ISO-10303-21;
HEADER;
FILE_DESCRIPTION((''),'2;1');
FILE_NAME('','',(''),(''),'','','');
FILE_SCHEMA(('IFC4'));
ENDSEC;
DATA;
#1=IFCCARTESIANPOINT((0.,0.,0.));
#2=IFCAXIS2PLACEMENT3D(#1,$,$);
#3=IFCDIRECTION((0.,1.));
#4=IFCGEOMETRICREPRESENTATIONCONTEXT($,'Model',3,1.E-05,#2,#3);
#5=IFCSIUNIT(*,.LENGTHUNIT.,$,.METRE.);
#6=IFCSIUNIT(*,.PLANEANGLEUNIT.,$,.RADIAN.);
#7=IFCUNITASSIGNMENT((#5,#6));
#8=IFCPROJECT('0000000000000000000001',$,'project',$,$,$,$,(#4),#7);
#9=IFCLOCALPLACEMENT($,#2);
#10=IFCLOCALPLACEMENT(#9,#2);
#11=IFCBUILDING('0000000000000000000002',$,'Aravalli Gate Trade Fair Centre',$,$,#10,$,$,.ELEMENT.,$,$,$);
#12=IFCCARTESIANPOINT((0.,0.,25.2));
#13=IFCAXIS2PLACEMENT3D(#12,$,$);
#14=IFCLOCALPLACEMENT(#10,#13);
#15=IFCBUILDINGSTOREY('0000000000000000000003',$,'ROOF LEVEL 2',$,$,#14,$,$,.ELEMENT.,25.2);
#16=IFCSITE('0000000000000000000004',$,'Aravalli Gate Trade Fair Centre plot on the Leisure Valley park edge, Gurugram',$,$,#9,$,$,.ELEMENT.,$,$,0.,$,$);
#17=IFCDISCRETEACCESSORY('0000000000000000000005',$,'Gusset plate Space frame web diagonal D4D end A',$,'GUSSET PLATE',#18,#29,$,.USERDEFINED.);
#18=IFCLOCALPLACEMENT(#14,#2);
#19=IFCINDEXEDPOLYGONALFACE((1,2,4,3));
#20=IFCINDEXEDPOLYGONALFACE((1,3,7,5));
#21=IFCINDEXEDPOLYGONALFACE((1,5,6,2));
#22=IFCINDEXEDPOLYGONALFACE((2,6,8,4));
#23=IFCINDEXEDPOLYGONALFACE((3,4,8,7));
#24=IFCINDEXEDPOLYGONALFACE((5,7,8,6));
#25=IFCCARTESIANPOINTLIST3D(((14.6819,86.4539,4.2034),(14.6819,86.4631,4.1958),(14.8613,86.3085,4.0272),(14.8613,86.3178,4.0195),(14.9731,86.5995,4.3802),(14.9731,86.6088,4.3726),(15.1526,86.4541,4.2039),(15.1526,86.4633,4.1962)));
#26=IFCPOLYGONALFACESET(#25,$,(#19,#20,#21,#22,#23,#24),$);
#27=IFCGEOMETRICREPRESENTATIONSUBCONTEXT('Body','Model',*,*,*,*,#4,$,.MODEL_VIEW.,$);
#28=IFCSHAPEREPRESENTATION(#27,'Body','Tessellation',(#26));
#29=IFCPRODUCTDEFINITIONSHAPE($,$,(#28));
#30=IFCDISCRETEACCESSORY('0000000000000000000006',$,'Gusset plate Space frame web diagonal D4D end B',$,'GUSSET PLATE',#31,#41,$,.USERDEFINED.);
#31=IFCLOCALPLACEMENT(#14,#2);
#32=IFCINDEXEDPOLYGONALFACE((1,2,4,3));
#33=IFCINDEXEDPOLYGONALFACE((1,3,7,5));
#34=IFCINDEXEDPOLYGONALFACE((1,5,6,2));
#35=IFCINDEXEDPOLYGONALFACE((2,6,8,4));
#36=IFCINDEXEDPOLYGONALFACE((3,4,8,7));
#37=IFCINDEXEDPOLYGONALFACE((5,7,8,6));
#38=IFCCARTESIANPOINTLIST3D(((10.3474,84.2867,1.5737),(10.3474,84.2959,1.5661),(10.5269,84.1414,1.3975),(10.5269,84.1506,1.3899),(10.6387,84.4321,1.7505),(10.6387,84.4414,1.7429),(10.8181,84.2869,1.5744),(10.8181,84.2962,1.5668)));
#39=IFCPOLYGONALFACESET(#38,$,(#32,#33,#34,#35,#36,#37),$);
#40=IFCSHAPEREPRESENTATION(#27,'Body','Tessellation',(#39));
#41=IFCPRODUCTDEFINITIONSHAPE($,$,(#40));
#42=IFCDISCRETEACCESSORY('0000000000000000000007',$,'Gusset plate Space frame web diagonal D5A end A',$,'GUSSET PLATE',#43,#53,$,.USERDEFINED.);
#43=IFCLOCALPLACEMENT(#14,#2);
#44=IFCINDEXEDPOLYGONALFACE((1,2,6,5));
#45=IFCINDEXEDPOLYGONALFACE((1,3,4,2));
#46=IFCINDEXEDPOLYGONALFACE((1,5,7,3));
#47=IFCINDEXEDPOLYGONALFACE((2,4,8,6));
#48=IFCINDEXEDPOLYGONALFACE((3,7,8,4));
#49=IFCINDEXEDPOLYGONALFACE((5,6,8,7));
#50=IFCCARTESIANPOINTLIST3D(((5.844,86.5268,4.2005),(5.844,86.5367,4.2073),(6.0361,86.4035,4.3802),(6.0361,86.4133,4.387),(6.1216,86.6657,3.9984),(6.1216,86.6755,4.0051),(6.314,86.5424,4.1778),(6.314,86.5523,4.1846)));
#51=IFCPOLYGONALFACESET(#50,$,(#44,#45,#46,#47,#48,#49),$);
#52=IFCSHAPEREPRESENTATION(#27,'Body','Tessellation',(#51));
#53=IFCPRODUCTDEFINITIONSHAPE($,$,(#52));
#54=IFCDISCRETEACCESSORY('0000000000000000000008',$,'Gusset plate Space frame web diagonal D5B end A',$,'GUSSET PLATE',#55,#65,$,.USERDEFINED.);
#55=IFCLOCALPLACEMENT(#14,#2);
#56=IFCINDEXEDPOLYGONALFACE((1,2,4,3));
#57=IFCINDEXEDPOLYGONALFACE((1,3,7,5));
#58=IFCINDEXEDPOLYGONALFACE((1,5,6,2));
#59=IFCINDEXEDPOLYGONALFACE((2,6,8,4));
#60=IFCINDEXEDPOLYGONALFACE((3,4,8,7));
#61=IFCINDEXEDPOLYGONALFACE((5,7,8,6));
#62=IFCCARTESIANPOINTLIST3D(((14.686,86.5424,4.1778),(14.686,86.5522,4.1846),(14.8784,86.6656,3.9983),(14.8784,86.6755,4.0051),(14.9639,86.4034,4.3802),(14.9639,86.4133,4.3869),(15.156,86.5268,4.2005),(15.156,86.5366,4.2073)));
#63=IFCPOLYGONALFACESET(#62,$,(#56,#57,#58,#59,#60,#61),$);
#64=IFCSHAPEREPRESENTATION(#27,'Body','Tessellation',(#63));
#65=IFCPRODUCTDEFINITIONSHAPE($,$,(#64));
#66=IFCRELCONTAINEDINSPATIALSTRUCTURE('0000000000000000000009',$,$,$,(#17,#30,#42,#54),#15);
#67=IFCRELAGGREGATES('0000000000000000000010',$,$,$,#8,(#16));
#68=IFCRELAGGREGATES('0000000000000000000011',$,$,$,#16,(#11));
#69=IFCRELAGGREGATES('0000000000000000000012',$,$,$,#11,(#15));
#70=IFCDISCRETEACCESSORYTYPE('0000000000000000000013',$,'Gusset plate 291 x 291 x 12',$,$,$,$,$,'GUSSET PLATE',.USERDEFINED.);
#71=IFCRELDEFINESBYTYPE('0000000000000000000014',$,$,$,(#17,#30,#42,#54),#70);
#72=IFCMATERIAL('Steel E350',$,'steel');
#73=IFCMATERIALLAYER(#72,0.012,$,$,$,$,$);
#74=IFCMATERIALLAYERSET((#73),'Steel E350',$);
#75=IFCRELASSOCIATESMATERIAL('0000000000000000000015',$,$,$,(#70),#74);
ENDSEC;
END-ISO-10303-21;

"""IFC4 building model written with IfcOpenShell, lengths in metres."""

from ifc_helpers import new_model, si_unit, direction, frame, origin, place, context, subcontext, project, spatial, polyline, outline, extrude, material, layer, layer_set, type_object, element, save


model = new_model("IFC4")

# Units and contexts
model_context = context("Model", 3, precision=1e-05, world=origin(), true_north=direction((0.0, 1.0)))
body_context = subcontext(model_context, "Body", "Model", "MODEL_VIEW")
ifc_project = project(units=[si_unit("LENGTHUNIT", "METRE"), si_unit("PLANEANGLEUNIT", "RADIAN")], contexts=[model_context])

# Site, building, storey
site_placement = place(None, origin())
site = spatial("IfcSite", under=ifc_project, at=site_placement, Name="Aravalli Gate Trade Fair Centre plot on the Leisure Valley park edge, Gurugram", CompositionType="ELEMENT", RefElevation=0.0)
building_placement = place(site_placement, origin())
building = spatial("IfcBuilding", under=site, at=building_placement, Name="Aravalli Gate Trade Fair Centre", CompositionType="ELEMENT")
storey_placement = place(building_placement, frame((0.0, 0.0, 25.2)))
storey = spatial("IfcBuildingStorey", under=building, at=storey_placement, Name="ROOF LEVEL 2", CompositionType="ELEMENT", Elevation=25.2)

# Shared definitions
ifc_material_1 = material(Name="Steel E350", Category="steel")

# Discrete accessories
ifc_layer_1 = layer(ifc_material_1, 0.012)
ifc_layer_set_1 = layer_set([ifc_layer_1], Name="Steel E350")
discrete_accessory_type = type_object("IfcDiscreteAccessoryType", Name="Gusset plate 291 x 291 x 12", ElementType="GUSSET PLATE", PredefinedType="USERDEFINED", material=ifc_layer_set_1)
discrete_accessory_1_placement = place(storey_placement, frame((14.6819, 86.4539, 4.2034), z_axis=(-0.00026, -0.771582, 0.63613), x_axis=(0.785986, 0.393126, 0.477156)))
element("IfcDiscreteAccessory", 1, at=discrete_accessory_1_placement, inside=storey, type_object=discrete_accessory_type, Name="Gusset plate Space frame web diagonal D4D end A", ObjectType="GUSSET PLATE", PredefinedType="USERDEFINED", context=body_context, shape_type="SweptSolid", body=[
    extrude(outline(polyline([(0.0, 0.0), (0.3706, 0.0), (0.3703, -0.2906), (-0.0002, -0.2905), (0.0, 0.0)])), origin(), (0.0, 0.0, -1.0), 0.012),
])
discrete_accessory_2_placement = place(storey_placement, frame((10.6387, 84.4321, 1.7505), z_axis=(-0.000589, -0.771792, 0.635874), x_axis=(-0.78619, -0.392604, -0.477251)))
element("IfcDiscreteAccessory", 2, at=discrete_accessory_2_placement, inside=storey, type_object=discrete_accessory_type, Name="Gusset plate Space frame web diagonal D4D end B", ObjectType="GUSSET PLATE", PredefinedType="USERDEFINED", context=body_context, shape_type="SweptSolid", body=[
    extrude(outline(polyline([(0.0, 0.0), (0.3705, 0.0), (0.3705, 0.2905), (0.0, 0.2903), (0.0, 0.0)])), origin(), (0.0, 0.0, -1.0), 0.012),
])
discrete_accessory_3_placement = place(storey_placement, frame((6.1216, 86.6755, 4.0051), z_axis=(-0.000059, 0.824356, 0.566072), x_axis=(-0.749371, -0.374861, 0.545822)))
element("IfcDiscreteAccessory", 3, at=discrete_accessory_3_placement, inside=storey, type_object=discrete_accessory_type, Name="Gusset plate Space frame web diagonal D5A end A", ObjectType="GUSSET PLATE", PredefinedType="USERDEFINED", context=body_context, shape_type="SweptSolid", body=[
    extrude(outline(polyline([(0.0, 0.0), (0.3704, 0.0), (0.3707, 0.2905), (0.0, 0.2905), (0.0, 0.0)])), origin(), (0.0, 0.0, -1.0), 0.012),
])
discrete_accessory_4_placement = place(storey_placement, frame((14.686, 86.5522, 4.1846), z_axis=(0.000059, 0.824356, 0.566072), x_axis=(0.749391, -0.374849, 0.545804)))
element("IfcDiscreteAccessory", 4, at=discrete_accessory_4_placement, inside=storey, type_object=discrete_accessory_type, Name="Gusset plate Space frame web diagonal D5B end A", ObjectType="GUSSET PLATE", PredefinedType="USERDEFINED", context=body_context, shape_type="SweptSolid", body=[
    extrude(outline(polyline([(0.0, 0.0), (0.3707, 0.0), (0.3704, 0.2905), (0.0, 0.2905), (0.0, 0.0)])), origin(), (0.0, 0.0, -1.0), 0.012),
])

save(model, "model.ifc")
